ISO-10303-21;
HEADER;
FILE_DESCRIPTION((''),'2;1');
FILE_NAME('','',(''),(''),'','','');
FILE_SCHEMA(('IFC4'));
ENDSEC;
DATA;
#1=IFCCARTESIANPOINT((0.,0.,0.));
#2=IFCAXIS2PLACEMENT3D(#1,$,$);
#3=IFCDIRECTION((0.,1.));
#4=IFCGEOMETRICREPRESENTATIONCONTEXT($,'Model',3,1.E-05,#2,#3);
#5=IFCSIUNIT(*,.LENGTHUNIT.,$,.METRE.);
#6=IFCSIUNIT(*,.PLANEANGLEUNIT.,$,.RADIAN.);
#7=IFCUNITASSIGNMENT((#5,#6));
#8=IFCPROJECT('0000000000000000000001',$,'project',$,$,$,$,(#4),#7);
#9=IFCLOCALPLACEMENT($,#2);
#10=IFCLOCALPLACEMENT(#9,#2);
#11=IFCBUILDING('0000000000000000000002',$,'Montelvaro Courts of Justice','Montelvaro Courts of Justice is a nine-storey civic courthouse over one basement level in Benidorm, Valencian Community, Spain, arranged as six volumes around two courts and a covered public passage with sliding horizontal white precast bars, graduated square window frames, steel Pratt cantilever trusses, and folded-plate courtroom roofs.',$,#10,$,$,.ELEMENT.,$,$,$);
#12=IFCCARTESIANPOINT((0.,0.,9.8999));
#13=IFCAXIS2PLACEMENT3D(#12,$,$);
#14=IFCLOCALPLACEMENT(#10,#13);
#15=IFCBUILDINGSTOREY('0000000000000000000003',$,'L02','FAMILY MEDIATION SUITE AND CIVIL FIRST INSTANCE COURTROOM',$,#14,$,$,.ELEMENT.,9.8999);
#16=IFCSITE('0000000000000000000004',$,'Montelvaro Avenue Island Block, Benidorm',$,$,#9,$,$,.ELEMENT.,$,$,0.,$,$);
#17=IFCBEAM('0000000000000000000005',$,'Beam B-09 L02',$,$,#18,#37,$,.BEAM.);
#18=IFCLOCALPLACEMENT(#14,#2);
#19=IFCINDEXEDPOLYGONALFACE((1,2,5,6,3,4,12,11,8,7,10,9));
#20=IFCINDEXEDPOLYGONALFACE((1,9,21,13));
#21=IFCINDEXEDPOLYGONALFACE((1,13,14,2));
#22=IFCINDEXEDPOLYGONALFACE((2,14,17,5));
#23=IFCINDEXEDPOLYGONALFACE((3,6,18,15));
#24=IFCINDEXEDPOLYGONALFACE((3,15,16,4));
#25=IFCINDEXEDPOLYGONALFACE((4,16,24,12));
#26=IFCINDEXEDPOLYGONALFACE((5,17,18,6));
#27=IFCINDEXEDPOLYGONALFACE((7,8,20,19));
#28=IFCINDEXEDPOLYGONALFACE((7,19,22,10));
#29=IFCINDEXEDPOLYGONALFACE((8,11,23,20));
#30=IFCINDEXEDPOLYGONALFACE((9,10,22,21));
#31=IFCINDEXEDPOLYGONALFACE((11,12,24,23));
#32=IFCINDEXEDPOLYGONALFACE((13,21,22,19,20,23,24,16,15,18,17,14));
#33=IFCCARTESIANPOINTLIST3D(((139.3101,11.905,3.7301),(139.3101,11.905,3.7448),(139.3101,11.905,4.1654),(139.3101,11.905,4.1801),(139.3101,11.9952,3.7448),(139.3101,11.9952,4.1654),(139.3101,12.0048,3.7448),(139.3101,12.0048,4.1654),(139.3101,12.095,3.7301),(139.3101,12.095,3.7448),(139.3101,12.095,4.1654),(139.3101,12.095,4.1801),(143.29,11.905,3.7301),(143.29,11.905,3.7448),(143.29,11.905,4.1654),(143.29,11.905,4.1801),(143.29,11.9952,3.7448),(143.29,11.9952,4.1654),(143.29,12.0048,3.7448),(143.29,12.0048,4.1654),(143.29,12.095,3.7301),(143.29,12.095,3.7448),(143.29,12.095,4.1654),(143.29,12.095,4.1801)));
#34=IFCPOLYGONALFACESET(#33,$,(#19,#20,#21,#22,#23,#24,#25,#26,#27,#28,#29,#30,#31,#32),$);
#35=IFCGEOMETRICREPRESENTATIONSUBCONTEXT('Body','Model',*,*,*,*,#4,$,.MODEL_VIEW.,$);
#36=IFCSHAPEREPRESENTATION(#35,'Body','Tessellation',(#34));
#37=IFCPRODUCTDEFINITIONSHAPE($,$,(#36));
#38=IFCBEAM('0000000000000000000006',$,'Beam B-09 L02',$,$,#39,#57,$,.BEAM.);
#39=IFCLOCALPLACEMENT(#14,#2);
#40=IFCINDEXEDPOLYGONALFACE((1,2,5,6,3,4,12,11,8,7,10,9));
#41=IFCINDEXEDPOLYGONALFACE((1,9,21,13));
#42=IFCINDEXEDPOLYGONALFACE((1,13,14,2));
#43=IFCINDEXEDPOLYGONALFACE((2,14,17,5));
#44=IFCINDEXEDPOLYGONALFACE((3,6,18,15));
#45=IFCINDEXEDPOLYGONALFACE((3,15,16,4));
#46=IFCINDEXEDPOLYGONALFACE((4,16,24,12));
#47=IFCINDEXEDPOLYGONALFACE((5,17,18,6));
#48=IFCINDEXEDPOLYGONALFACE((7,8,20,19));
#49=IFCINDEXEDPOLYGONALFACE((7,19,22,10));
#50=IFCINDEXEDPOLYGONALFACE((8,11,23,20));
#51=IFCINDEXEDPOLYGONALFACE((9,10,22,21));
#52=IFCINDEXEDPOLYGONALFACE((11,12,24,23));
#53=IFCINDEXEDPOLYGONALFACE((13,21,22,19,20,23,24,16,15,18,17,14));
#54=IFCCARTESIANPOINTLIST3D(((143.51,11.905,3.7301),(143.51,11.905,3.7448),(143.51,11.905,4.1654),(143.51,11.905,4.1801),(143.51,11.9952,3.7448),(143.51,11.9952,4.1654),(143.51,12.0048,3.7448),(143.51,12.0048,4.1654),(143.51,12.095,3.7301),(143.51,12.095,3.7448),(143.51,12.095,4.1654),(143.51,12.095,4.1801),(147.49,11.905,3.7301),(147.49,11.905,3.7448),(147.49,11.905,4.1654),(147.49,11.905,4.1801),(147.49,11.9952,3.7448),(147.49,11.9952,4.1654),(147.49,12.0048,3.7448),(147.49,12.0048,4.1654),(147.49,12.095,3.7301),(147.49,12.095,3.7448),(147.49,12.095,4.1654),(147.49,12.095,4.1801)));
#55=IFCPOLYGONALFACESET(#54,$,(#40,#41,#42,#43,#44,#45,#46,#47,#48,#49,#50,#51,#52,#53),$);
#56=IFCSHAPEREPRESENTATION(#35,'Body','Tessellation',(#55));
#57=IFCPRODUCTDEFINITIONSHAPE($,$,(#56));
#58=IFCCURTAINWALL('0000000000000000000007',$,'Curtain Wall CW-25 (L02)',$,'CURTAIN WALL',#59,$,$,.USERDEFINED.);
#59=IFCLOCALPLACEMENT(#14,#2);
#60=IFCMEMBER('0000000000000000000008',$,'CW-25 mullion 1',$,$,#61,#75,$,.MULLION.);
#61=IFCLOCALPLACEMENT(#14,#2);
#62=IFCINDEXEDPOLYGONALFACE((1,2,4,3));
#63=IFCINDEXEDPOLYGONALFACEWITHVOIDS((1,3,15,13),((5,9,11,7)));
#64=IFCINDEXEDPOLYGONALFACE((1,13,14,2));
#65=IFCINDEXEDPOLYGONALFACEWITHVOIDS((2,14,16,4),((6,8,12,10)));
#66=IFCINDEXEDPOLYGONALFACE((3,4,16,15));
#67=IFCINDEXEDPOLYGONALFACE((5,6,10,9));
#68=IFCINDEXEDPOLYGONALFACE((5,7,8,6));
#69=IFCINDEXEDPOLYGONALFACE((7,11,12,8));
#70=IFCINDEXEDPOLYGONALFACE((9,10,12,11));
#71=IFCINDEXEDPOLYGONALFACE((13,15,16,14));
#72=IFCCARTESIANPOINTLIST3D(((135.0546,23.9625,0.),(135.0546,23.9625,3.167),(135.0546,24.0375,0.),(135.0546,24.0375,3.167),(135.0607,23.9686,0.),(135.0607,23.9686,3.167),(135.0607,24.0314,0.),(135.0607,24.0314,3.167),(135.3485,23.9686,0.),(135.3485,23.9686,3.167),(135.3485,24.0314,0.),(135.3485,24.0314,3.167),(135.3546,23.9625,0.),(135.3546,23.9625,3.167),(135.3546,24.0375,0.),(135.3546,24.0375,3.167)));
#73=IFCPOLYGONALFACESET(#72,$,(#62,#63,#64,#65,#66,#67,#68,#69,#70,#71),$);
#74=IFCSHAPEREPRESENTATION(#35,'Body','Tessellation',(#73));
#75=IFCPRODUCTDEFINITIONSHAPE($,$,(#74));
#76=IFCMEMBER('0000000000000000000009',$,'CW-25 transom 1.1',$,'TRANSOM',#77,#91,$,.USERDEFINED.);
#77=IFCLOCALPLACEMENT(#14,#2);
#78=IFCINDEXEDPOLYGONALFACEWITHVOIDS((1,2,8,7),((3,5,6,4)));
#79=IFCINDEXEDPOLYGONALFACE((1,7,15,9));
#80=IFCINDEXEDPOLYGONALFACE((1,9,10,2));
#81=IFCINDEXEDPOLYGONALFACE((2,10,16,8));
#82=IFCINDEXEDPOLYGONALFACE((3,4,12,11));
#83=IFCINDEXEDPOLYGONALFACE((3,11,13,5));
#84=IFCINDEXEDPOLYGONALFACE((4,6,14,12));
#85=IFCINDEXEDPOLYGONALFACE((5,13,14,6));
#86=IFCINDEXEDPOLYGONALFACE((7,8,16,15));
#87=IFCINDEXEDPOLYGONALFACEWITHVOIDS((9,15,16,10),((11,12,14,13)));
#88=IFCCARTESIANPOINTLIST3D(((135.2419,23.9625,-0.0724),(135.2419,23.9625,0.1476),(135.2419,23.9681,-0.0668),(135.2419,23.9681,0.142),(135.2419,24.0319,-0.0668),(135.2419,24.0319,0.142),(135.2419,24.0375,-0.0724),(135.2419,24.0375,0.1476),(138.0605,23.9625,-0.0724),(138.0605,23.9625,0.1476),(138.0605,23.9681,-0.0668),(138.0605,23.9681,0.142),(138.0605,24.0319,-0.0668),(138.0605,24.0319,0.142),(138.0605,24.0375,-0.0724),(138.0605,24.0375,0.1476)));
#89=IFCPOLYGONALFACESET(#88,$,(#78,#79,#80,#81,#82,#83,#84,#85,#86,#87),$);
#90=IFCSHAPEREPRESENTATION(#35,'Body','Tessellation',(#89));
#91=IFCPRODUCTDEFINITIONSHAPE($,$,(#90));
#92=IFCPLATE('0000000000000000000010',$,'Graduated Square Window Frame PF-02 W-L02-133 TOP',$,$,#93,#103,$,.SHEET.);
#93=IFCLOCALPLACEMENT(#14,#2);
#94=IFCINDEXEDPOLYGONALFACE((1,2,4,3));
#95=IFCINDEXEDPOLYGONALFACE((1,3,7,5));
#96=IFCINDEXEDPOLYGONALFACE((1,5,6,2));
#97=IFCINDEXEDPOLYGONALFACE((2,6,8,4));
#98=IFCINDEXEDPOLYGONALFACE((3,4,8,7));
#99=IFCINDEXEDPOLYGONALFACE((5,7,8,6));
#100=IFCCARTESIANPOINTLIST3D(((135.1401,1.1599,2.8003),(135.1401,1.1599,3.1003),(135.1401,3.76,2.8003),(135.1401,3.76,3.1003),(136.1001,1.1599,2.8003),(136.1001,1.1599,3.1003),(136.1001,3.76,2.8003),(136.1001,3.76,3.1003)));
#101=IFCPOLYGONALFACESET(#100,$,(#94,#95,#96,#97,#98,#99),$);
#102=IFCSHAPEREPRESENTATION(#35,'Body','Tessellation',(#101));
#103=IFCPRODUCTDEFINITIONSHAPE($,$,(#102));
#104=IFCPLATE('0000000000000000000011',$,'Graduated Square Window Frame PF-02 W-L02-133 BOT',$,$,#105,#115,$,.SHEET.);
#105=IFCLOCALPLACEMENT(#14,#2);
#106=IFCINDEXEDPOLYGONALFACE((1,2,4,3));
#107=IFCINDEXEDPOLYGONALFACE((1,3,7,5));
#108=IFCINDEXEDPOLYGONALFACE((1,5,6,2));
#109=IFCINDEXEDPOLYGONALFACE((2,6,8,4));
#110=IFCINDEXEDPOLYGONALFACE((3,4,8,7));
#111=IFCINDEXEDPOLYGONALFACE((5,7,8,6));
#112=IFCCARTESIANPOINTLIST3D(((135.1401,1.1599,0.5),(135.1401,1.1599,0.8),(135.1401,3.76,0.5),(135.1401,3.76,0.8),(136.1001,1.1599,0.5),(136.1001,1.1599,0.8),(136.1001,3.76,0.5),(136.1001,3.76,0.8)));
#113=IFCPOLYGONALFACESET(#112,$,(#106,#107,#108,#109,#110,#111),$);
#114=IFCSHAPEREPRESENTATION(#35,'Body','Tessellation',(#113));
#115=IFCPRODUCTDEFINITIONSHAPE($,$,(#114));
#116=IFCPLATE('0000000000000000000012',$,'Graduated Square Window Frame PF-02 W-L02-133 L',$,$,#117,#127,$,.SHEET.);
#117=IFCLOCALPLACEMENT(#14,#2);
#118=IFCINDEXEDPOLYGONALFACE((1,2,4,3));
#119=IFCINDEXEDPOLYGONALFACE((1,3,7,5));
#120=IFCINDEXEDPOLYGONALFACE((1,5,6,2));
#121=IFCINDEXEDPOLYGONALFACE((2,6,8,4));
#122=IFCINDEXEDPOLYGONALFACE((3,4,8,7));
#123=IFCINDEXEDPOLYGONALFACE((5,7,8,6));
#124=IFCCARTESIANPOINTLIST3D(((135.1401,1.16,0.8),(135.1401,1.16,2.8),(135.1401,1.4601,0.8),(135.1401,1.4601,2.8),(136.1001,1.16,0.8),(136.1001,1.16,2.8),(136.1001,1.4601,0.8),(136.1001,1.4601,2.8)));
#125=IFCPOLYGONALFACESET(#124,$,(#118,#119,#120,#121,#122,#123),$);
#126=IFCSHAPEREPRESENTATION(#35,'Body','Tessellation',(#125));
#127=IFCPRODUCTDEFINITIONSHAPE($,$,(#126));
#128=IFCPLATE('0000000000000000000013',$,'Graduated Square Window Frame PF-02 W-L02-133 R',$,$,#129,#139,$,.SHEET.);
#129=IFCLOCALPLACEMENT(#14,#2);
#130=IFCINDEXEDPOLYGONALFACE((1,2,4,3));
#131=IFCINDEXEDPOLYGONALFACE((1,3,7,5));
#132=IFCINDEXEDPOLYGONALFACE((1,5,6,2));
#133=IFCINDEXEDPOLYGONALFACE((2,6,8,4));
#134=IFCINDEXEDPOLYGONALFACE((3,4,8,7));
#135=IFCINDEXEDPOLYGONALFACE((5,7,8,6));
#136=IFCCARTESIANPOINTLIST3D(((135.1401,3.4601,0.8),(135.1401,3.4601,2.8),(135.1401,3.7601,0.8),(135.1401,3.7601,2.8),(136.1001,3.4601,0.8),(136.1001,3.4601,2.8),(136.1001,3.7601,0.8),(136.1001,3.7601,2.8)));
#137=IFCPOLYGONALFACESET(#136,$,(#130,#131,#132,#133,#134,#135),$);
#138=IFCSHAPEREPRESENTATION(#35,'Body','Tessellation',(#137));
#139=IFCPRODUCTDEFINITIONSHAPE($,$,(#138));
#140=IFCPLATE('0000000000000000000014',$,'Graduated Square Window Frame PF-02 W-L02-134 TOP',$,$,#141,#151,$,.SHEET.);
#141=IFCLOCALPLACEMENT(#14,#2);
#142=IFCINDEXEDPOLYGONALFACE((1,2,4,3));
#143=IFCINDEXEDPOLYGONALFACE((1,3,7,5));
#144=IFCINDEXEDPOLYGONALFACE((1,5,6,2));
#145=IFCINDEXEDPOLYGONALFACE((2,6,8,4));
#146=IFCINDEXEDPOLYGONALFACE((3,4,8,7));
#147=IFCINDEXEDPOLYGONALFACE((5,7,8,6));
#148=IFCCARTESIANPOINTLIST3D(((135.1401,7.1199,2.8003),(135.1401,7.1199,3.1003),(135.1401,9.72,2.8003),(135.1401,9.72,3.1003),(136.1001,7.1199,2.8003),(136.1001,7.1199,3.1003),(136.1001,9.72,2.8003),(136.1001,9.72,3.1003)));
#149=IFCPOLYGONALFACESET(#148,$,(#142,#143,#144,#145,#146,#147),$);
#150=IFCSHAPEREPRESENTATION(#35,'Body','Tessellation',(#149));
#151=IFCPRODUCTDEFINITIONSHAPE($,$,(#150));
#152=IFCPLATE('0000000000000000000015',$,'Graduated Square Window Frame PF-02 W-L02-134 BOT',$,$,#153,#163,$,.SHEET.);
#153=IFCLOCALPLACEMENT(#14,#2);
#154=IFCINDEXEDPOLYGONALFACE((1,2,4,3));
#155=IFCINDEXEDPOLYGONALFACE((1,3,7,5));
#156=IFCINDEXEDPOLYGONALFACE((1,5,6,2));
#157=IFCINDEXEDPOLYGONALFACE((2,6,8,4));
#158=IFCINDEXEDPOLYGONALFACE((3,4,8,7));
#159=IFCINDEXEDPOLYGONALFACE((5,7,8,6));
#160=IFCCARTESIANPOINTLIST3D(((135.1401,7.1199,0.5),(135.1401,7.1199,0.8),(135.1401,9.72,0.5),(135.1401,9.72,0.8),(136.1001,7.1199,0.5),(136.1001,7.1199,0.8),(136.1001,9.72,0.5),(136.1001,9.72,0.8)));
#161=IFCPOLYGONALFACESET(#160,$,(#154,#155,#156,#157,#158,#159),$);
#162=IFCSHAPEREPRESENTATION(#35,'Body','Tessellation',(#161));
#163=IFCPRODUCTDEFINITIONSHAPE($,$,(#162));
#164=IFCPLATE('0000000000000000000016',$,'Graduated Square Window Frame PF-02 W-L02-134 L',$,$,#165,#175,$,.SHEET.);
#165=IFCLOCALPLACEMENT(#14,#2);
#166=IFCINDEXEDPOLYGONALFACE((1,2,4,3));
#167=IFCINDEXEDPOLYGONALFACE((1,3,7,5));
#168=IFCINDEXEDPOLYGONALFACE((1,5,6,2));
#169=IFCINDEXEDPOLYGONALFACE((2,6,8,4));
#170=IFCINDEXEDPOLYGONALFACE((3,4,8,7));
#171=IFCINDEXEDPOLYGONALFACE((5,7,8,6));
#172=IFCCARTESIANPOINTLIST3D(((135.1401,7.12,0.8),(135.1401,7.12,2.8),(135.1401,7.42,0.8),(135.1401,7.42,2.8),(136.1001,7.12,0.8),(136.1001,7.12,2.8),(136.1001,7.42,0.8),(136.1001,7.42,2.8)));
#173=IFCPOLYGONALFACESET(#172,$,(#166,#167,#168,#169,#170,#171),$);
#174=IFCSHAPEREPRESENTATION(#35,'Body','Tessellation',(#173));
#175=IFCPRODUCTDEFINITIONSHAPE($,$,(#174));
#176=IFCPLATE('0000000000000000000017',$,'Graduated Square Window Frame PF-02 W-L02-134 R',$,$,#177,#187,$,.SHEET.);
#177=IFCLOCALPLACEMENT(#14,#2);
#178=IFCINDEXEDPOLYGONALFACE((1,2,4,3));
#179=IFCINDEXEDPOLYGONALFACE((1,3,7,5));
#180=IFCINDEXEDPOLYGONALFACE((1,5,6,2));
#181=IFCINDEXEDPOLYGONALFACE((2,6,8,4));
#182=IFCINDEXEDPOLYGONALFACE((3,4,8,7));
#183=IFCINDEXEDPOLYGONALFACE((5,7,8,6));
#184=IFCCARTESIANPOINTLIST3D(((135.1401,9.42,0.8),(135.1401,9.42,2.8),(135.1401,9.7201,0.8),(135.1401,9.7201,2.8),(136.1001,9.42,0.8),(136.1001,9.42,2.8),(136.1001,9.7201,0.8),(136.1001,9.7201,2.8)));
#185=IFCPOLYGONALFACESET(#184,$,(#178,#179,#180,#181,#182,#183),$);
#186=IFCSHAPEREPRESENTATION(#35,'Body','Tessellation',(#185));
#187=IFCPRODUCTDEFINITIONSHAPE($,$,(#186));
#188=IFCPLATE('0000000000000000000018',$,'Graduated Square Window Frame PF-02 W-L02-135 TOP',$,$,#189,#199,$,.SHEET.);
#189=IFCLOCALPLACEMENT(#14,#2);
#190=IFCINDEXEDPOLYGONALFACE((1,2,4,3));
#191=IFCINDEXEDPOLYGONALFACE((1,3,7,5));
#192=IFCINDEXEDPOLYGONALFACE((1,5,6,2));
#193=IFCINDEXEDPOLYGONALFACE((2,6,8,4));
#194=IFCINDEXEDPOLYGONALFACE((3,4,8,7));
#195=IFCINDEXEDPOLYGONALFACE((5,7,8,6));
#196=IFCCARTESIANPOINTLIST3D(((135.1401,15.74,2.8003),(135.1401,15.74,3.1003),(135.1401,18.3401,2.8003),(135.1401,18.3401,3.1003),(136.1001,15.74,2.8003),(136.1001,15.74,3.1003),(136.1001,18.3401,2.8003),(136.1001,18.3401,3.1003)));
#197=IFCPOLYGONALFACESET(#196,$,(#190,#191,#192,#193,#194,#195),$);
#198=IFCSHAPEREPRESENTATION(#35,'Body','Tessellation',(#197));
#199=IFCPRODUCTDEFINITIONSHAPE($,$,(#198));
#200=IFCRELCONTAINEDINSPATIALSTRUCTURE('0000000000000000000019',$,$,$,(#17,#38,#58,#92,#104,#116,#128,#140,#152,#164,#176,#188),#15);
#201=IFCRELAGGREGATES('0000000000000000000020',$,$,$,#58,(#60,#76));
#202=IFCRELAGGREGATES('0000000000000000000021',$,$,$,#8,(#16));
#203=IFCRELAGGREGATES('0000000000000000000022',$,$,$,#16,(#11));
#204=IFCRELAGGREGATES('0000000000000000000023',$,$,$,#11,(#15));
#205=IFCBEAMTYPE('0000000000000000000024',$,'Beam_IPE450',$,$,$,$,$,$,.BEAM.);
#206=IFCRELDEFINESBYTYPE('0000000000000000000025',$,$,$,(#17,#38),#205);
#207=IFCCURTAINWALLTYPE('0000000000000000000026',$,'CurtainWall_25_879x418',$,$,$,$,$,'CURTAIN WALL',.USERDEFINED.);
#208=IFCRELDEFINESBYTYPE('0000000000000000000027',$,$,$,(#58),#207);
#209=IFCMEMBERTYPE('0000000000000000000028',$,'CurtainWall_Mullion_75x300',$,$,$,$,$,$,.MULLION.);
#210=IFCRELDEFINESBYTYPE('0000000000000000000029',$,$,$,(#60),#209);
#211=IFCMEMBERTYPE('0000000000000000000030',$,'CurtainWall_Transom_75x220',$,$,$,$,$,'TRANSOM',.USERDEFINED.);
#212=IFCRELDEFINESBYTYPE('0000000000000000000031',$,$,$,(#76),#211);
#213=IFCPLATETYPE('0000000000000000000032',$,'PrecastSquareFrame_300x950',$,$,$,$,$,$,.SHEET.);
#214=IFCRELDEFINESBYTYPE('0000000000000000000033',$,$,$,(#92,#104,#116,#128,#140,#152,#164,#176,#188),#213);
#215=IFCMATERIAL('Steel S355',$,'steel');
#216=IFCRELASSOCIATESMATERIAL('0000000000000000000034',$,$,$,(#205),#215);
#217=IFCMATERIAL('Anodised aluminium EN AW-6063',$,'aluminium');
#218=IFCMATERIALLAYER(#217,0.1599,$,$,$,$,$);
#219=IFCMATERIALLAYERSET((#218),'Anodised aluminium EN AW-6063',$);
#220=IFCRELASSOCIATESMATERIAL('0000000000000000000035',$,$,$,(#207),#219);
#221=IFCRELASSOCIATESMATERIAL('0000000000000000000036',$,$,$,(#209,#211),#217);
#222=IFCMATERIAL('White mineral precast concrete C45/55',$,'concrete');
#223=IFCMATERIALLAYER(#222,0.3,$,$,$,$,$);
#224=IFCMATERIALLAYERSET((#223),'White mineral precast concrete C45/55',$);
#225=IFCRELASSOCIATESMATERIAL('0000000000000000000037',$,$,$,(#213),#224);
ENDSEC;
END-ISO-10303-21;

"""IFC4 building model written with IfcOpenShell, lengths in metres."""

from ifc_helpers import new_model, si_unit, direction, frame, origin, origin_2d, place, context, subcontext, project, spatial, rectangle, hollow_rectangle, i_section, extrude, material, layer, layer_set, material_profile, profile_set, type_object, element, aggregate, save


model = new_model("IFC4")

# Units and contexts
model_context = context("Model", 3, precision=1e-05, world=origin(), true_north=direction((0.0, 1.0)))
body_context = subcontext(model_context, "Body", "Model", "MODEL_VIEW")
ifc_project = project(units=[si_unit("LENGTHUNIT", "METRE"), si_unit("PLANEANGLEUNIT", "RADIAN")], contexts=[model_context])

# Site, building, storey
site_placement = place(None, origin())
site = spatial("IfcSite", under=ifc_project, at=site_placement, Name="Montelvaro Avenue Island Block, Benidorm", CompositionType="ELEMENT", RefElevation=0.0)
building_placement = place(site_placement, origin())
building = spatial("IfcBuilding", under=site, at=building_placement, Name="Montelvaro Courts of Justice", Description="Montelvaro Courts of Justice is a nine-storey civic courthouse over one basement level in Benidorm, Valencian Community, Spain, arranged as six volumes around two courts and a covered public passage with sliding horizontal white precast bars, graduated square window frames, steel Pratt cantilever trusses, and folded-plate courtroom roofs.", CompositionType="ELEMENT")
storey_placement = place(building_placement, frame((0.0, 0.0, 9.8999)))
storey = spatial("IfcBuildingStorey", under=building, at=storey_placement, Name="L02", Description="FAMILY MEDIATION SUITE AND CIVIL FIRST INSTANCE COURTROOM", CompositionType="ELEMENT", Elevation=9.8999)

# Shared definitions
ifc_material_1 = material(Name="Steel S355", Category="steel")

# Beams
ifc_material_profile_1 = material_profile(ifc_material_1, i_section(OverallWidth=0.1899, OverallDepth=0.45, WebThickness=0.0095, FlangeThickness=0.0146, at=origin_2d()), Name="IPE 450")
ifc_profile_set_1 = profile_set([ifc_material_profile_1], Name="Steel S355")
beam_type_1 = type_object("IfcBeamType", Name="Beam_IPE450", PredefinedType="BEAM", material=ifc_profile_set_1)
for number, where, z_axis, x_axis, name in (
    (1, (139.3101, 12.0, 3.9551), (1.0, 0.0, 0.0), (0.0, 1.0, 0.0), "Beam B-09 L02"),
    (2, (143.51, 12.0, 3.9551), (1.0, 0.0, 0.0), (0.0, 1.0, 0.0), "Beam B-09 L02"),
):
    element("IfcBeam", number, at=place(storey_placement, frame(where, z_axis=z_axis, x_axis=x_axis)), inside=storey, type_object=beam_type_1, Name=name, PredefinedType="BEAM", context=body_context, shape_type="SweptSolid", body=[
        extrude(i_section(OverallWidth=0.1899, OverallDepth=0.45, WebThickness=0.0095, FlangeThickness=0.0146, at=origin_2d()), origin(), (0.0, 0.0, 1.0), 3.98),
    ])

# Curtain wall, members
ifc_material_2 = material(Name="Anodised aluminium EN AW-6063", Category="aluminium")
ifc_layer_1 = layer(ifc_material_2, 0.1599)
ifc_layer_set_1 = layer_set([ifc_layer_1], Name="Anodised aluminium EN AW-6063")
curtain_wall_type = type_object("IfcCurtainWallType", Name="CurtainWall_25_879x418", ElementType="CURTAIN WALL", PredefinedType="USERDEFINED", material=ifc_layer_set_1)
curtain_wall_placement = place(storey_placement, origin())
curtain_wall = element("IfcCurtainWall", 3, at=curtain_wall_placement, inside=storey, type_object=curtain_wall_type, Name="Curtain Wall CW-25 (L02)", ObjectType="CURTAIN WALL", PredefinedType="USERDEFINED")
ifc_material_profile_2 = material_profile(ifc_material_2, hollow_rectangle(XDim=0.075, YDim=0.3, WallThickness=0.0061, at=origin_2d()), Name="ALU-M 75x300")
ifc_profile_set_2 = profile_set([ifc_material_profile_2], Name="Anodised aluminium EN AW-6063")
member_type_1 = type_object("IfcMemberType", Name="CurtainWall_Mullion_75x300", PredefinedType="MULLION", material=ifc_profile_set_2)
member_1_placement = place(storey_placement, frame((135.2046, 24.0, 0.0), z_axis=(0.0, 0.0, 1.0), x_axis=(0.0, 1.0, 0.0)))
member_1 = element("IfcMember", 4, at=member_1_placement, type_object=member_type_1, Name="CW-25 mullion 1", PredefinedType="MULLION", context=body_context, shape_type="SweptSolid", body=[
    extrude(hollow_rectangle(XDim=0.075, YDim=0.3, WallThickness=0.0061, at=origin_2d()), origin(), (0.0, 0.0, 1.0), 3.167),
])
ifc_material_profile_3 = material_profile(ifc_material_2, hollow_rectangle(XDim=0.075, YDim=0.22, WallThickness=0.0056, at=origin_2d()), Name="ALU-T 75x220")
ifc_profile_set_3 = profile_set([ifc_material_profile_3], Name="Anodised aluminium EN AW-6063")
member_type_2 = type_object("IfcMemberType", Name="CurtainWall_Transom_75x220", ElementType="TRANSOM", PredefinedType="USERDEFINED", material=ifc_profile_set_3)
member_2_placement = place(storey_placement, frame((135.2419, 24.0, 0.0376), z_axis=(1.0, 0.0, 0.0), x_axis=(0.0, 1.0, 0.0)))
member_2 = element("IfcMember", 5, at=member_2_placement, type_object=member_type_2, Name="CW-25 transom 1.1", ObjectType="TRANSOM", PredefinedType="USERDEFINED", context=body_context, shape_type="SweptSolid", body=[
    extrude(hollow_rectangle(XDim=0.075, YDim=0.22, WallThickness=0.0056, at=origin_2d()), origin(), (0.0, 0.0, 1.0), 2.8186),
])
aggregate(curtain_wall, [member_1, member_2])

# Plates
ifc_material_3 = material(Name="White mineral precast concrete C45/55", Category="concrete")
ifc_layer_2 = layer(ifc_material_3, 0.3)
ifc_layer_set_2 = layer_set([ifc_layer_2], Name="White mineral precast concrete C45/55")
plate_type = type_object("IfcPlateType", Name="PrecastSquareFrame_300x950", PredefinedType="SHEET", material=ifc_layer_set_2)
for number, where, z_axis, x_axis, name in (
    (6, (135.6201, 2.46, 2.8003), (0.0, 0.0, 1.0), (0.0, 1.0, 0.0), "Graduated Square Window Frame PF-02 W-L02-133 TOP"),
    (7, (135.6201, 2.46, 0.5), (0.0, 0.0, 1.0), (0.0, 1.0, 0.0), "Graduated Square Window Frame PF-02 W-L02-133 BOT"),
):
    element("IfcPlate", number, at=place(storey_placement, frame(where, z_axis=z_axis, x_axis=x_axis)), inside=storey, type_object=plate_type, Name=name, PredefinedType="SHEET", context=body_context, shape_type="SweptSolid", body=[
        extrude(rectangle(XDim=2.6001, YDim=0.96, at=origin_2d()), origin(), (0.0, 0.0, 1.0), 0.3),
    ])
for number, where, z_axis, x_axis, name in (
    (8, (135.6201, 1.3101, 0.8), (0.0, 0.0, 1.0), (0.0, 1.0, 0.0), "Graduated Square Window Frame PF-02 W-L02-133 L"),
    (9, (135.6201, 3.6101, 0.8), (0.0, 0.0, 1.0), (0.0, 1.0, 0.0), "Graduated Square Window Frame PF-02 W-L02-133 R"),
):
    element("IfcPlate", number, at=place(storey_placement, frame(where, z_axis=z_axis, x_axis=x_axis)), inside=storey, type_object=plate_type, Name=name, PredefinedType="SHEET", context=body_context, shape_type="SweptSolid", body=[
        extrude(rectangle(XDim=0.3, YDim=0.96, at=origin_2d()), origin(), (0.0, 0.0, 1.0), 2.0),
    ])
for number, where, z_axis, x_axis, name in (
    (10, (135.6201, 8.4199, 2.8003), (0.0, 0.0, 1.0), (0.0, 1.0, 0.0), "Graduated Square Window Frame PF-02 W-L02-134 TOP"),
    (11, (135.6201, 8.4199, 0.5), (0.0, 0.0, 1.0), (0.0, 1.0, 0.0), "Graduated Square Window Frame PF-02 W-L02-134 BOT"),
):
    element("IfcPlate", number, at=place(storey_placement, frame(where, z_axis=z_axis, x_axis=x_axis)), inside=storey, type_object=plate_type, Name=name, PredefinedType="SHEET", context=body_context, shape_type="SweptSolid", body=[
        extrude(rectangle(XDim=2.6001, YDim=0.96, at=origin_2d()), origin(), (0.0, 0.0, 1.0), 0.3),
    ])
for number, where, z_axis, x_axis, name in (
    (12, (135.6201, 7.27, 0.8), (0.0, 0.0, 1.0), (0.0, 1.0, 0.0), "Graduated Square Window Frame PF-02 W-L02-134 L"),
    (13, (135.6201, 9.5701, 0.8), (0.0, 0.0, 1.0), (0.0, 1.0, 0.0), "Graduated Square Window Frame PF-02 W-L02-134 R"),
):
    element("IfcPlate", number, at=place(storey_placement, frame(where, z_axis=z_axis, x_axis=x_axis)), inside=storey, type_object=plate_type, Name=name, PredefinedType="SHEET", context=body_context, shape_type="SweptSolid", body=[
        extrude(rectangle(XDim=0.3, YDim=0.96, at=origin_2d()), origin(), (0.0, 0.0, 1.0), 2.0),
    ])
for number, where, z_axis, x_axis, name in (
    (14, (135.6201, 17.04, 2.8003), (0.0, 0.0, 1.0), (0.0, 1.0, 0.0), "Graduated Square Window Frame PF-02 W-L02-135 TOP"),
):
    element("IfcPlate", number, at=place(storey_placement, frame(where, z_axis=z_axis, x_axis=x_axis)), inside=storey, type_object=plate_type, Name=name, PredefinedType="SHEET", context=body_context, shape_type="SweptSolid", body=[
        extrude(rectangle(XDim=2.6001, YDim=0.96, at=origin_2d()), origin(), (0.0, 0.0, 1.0), 0.3),
    ])

save(model, "model.ifc")
